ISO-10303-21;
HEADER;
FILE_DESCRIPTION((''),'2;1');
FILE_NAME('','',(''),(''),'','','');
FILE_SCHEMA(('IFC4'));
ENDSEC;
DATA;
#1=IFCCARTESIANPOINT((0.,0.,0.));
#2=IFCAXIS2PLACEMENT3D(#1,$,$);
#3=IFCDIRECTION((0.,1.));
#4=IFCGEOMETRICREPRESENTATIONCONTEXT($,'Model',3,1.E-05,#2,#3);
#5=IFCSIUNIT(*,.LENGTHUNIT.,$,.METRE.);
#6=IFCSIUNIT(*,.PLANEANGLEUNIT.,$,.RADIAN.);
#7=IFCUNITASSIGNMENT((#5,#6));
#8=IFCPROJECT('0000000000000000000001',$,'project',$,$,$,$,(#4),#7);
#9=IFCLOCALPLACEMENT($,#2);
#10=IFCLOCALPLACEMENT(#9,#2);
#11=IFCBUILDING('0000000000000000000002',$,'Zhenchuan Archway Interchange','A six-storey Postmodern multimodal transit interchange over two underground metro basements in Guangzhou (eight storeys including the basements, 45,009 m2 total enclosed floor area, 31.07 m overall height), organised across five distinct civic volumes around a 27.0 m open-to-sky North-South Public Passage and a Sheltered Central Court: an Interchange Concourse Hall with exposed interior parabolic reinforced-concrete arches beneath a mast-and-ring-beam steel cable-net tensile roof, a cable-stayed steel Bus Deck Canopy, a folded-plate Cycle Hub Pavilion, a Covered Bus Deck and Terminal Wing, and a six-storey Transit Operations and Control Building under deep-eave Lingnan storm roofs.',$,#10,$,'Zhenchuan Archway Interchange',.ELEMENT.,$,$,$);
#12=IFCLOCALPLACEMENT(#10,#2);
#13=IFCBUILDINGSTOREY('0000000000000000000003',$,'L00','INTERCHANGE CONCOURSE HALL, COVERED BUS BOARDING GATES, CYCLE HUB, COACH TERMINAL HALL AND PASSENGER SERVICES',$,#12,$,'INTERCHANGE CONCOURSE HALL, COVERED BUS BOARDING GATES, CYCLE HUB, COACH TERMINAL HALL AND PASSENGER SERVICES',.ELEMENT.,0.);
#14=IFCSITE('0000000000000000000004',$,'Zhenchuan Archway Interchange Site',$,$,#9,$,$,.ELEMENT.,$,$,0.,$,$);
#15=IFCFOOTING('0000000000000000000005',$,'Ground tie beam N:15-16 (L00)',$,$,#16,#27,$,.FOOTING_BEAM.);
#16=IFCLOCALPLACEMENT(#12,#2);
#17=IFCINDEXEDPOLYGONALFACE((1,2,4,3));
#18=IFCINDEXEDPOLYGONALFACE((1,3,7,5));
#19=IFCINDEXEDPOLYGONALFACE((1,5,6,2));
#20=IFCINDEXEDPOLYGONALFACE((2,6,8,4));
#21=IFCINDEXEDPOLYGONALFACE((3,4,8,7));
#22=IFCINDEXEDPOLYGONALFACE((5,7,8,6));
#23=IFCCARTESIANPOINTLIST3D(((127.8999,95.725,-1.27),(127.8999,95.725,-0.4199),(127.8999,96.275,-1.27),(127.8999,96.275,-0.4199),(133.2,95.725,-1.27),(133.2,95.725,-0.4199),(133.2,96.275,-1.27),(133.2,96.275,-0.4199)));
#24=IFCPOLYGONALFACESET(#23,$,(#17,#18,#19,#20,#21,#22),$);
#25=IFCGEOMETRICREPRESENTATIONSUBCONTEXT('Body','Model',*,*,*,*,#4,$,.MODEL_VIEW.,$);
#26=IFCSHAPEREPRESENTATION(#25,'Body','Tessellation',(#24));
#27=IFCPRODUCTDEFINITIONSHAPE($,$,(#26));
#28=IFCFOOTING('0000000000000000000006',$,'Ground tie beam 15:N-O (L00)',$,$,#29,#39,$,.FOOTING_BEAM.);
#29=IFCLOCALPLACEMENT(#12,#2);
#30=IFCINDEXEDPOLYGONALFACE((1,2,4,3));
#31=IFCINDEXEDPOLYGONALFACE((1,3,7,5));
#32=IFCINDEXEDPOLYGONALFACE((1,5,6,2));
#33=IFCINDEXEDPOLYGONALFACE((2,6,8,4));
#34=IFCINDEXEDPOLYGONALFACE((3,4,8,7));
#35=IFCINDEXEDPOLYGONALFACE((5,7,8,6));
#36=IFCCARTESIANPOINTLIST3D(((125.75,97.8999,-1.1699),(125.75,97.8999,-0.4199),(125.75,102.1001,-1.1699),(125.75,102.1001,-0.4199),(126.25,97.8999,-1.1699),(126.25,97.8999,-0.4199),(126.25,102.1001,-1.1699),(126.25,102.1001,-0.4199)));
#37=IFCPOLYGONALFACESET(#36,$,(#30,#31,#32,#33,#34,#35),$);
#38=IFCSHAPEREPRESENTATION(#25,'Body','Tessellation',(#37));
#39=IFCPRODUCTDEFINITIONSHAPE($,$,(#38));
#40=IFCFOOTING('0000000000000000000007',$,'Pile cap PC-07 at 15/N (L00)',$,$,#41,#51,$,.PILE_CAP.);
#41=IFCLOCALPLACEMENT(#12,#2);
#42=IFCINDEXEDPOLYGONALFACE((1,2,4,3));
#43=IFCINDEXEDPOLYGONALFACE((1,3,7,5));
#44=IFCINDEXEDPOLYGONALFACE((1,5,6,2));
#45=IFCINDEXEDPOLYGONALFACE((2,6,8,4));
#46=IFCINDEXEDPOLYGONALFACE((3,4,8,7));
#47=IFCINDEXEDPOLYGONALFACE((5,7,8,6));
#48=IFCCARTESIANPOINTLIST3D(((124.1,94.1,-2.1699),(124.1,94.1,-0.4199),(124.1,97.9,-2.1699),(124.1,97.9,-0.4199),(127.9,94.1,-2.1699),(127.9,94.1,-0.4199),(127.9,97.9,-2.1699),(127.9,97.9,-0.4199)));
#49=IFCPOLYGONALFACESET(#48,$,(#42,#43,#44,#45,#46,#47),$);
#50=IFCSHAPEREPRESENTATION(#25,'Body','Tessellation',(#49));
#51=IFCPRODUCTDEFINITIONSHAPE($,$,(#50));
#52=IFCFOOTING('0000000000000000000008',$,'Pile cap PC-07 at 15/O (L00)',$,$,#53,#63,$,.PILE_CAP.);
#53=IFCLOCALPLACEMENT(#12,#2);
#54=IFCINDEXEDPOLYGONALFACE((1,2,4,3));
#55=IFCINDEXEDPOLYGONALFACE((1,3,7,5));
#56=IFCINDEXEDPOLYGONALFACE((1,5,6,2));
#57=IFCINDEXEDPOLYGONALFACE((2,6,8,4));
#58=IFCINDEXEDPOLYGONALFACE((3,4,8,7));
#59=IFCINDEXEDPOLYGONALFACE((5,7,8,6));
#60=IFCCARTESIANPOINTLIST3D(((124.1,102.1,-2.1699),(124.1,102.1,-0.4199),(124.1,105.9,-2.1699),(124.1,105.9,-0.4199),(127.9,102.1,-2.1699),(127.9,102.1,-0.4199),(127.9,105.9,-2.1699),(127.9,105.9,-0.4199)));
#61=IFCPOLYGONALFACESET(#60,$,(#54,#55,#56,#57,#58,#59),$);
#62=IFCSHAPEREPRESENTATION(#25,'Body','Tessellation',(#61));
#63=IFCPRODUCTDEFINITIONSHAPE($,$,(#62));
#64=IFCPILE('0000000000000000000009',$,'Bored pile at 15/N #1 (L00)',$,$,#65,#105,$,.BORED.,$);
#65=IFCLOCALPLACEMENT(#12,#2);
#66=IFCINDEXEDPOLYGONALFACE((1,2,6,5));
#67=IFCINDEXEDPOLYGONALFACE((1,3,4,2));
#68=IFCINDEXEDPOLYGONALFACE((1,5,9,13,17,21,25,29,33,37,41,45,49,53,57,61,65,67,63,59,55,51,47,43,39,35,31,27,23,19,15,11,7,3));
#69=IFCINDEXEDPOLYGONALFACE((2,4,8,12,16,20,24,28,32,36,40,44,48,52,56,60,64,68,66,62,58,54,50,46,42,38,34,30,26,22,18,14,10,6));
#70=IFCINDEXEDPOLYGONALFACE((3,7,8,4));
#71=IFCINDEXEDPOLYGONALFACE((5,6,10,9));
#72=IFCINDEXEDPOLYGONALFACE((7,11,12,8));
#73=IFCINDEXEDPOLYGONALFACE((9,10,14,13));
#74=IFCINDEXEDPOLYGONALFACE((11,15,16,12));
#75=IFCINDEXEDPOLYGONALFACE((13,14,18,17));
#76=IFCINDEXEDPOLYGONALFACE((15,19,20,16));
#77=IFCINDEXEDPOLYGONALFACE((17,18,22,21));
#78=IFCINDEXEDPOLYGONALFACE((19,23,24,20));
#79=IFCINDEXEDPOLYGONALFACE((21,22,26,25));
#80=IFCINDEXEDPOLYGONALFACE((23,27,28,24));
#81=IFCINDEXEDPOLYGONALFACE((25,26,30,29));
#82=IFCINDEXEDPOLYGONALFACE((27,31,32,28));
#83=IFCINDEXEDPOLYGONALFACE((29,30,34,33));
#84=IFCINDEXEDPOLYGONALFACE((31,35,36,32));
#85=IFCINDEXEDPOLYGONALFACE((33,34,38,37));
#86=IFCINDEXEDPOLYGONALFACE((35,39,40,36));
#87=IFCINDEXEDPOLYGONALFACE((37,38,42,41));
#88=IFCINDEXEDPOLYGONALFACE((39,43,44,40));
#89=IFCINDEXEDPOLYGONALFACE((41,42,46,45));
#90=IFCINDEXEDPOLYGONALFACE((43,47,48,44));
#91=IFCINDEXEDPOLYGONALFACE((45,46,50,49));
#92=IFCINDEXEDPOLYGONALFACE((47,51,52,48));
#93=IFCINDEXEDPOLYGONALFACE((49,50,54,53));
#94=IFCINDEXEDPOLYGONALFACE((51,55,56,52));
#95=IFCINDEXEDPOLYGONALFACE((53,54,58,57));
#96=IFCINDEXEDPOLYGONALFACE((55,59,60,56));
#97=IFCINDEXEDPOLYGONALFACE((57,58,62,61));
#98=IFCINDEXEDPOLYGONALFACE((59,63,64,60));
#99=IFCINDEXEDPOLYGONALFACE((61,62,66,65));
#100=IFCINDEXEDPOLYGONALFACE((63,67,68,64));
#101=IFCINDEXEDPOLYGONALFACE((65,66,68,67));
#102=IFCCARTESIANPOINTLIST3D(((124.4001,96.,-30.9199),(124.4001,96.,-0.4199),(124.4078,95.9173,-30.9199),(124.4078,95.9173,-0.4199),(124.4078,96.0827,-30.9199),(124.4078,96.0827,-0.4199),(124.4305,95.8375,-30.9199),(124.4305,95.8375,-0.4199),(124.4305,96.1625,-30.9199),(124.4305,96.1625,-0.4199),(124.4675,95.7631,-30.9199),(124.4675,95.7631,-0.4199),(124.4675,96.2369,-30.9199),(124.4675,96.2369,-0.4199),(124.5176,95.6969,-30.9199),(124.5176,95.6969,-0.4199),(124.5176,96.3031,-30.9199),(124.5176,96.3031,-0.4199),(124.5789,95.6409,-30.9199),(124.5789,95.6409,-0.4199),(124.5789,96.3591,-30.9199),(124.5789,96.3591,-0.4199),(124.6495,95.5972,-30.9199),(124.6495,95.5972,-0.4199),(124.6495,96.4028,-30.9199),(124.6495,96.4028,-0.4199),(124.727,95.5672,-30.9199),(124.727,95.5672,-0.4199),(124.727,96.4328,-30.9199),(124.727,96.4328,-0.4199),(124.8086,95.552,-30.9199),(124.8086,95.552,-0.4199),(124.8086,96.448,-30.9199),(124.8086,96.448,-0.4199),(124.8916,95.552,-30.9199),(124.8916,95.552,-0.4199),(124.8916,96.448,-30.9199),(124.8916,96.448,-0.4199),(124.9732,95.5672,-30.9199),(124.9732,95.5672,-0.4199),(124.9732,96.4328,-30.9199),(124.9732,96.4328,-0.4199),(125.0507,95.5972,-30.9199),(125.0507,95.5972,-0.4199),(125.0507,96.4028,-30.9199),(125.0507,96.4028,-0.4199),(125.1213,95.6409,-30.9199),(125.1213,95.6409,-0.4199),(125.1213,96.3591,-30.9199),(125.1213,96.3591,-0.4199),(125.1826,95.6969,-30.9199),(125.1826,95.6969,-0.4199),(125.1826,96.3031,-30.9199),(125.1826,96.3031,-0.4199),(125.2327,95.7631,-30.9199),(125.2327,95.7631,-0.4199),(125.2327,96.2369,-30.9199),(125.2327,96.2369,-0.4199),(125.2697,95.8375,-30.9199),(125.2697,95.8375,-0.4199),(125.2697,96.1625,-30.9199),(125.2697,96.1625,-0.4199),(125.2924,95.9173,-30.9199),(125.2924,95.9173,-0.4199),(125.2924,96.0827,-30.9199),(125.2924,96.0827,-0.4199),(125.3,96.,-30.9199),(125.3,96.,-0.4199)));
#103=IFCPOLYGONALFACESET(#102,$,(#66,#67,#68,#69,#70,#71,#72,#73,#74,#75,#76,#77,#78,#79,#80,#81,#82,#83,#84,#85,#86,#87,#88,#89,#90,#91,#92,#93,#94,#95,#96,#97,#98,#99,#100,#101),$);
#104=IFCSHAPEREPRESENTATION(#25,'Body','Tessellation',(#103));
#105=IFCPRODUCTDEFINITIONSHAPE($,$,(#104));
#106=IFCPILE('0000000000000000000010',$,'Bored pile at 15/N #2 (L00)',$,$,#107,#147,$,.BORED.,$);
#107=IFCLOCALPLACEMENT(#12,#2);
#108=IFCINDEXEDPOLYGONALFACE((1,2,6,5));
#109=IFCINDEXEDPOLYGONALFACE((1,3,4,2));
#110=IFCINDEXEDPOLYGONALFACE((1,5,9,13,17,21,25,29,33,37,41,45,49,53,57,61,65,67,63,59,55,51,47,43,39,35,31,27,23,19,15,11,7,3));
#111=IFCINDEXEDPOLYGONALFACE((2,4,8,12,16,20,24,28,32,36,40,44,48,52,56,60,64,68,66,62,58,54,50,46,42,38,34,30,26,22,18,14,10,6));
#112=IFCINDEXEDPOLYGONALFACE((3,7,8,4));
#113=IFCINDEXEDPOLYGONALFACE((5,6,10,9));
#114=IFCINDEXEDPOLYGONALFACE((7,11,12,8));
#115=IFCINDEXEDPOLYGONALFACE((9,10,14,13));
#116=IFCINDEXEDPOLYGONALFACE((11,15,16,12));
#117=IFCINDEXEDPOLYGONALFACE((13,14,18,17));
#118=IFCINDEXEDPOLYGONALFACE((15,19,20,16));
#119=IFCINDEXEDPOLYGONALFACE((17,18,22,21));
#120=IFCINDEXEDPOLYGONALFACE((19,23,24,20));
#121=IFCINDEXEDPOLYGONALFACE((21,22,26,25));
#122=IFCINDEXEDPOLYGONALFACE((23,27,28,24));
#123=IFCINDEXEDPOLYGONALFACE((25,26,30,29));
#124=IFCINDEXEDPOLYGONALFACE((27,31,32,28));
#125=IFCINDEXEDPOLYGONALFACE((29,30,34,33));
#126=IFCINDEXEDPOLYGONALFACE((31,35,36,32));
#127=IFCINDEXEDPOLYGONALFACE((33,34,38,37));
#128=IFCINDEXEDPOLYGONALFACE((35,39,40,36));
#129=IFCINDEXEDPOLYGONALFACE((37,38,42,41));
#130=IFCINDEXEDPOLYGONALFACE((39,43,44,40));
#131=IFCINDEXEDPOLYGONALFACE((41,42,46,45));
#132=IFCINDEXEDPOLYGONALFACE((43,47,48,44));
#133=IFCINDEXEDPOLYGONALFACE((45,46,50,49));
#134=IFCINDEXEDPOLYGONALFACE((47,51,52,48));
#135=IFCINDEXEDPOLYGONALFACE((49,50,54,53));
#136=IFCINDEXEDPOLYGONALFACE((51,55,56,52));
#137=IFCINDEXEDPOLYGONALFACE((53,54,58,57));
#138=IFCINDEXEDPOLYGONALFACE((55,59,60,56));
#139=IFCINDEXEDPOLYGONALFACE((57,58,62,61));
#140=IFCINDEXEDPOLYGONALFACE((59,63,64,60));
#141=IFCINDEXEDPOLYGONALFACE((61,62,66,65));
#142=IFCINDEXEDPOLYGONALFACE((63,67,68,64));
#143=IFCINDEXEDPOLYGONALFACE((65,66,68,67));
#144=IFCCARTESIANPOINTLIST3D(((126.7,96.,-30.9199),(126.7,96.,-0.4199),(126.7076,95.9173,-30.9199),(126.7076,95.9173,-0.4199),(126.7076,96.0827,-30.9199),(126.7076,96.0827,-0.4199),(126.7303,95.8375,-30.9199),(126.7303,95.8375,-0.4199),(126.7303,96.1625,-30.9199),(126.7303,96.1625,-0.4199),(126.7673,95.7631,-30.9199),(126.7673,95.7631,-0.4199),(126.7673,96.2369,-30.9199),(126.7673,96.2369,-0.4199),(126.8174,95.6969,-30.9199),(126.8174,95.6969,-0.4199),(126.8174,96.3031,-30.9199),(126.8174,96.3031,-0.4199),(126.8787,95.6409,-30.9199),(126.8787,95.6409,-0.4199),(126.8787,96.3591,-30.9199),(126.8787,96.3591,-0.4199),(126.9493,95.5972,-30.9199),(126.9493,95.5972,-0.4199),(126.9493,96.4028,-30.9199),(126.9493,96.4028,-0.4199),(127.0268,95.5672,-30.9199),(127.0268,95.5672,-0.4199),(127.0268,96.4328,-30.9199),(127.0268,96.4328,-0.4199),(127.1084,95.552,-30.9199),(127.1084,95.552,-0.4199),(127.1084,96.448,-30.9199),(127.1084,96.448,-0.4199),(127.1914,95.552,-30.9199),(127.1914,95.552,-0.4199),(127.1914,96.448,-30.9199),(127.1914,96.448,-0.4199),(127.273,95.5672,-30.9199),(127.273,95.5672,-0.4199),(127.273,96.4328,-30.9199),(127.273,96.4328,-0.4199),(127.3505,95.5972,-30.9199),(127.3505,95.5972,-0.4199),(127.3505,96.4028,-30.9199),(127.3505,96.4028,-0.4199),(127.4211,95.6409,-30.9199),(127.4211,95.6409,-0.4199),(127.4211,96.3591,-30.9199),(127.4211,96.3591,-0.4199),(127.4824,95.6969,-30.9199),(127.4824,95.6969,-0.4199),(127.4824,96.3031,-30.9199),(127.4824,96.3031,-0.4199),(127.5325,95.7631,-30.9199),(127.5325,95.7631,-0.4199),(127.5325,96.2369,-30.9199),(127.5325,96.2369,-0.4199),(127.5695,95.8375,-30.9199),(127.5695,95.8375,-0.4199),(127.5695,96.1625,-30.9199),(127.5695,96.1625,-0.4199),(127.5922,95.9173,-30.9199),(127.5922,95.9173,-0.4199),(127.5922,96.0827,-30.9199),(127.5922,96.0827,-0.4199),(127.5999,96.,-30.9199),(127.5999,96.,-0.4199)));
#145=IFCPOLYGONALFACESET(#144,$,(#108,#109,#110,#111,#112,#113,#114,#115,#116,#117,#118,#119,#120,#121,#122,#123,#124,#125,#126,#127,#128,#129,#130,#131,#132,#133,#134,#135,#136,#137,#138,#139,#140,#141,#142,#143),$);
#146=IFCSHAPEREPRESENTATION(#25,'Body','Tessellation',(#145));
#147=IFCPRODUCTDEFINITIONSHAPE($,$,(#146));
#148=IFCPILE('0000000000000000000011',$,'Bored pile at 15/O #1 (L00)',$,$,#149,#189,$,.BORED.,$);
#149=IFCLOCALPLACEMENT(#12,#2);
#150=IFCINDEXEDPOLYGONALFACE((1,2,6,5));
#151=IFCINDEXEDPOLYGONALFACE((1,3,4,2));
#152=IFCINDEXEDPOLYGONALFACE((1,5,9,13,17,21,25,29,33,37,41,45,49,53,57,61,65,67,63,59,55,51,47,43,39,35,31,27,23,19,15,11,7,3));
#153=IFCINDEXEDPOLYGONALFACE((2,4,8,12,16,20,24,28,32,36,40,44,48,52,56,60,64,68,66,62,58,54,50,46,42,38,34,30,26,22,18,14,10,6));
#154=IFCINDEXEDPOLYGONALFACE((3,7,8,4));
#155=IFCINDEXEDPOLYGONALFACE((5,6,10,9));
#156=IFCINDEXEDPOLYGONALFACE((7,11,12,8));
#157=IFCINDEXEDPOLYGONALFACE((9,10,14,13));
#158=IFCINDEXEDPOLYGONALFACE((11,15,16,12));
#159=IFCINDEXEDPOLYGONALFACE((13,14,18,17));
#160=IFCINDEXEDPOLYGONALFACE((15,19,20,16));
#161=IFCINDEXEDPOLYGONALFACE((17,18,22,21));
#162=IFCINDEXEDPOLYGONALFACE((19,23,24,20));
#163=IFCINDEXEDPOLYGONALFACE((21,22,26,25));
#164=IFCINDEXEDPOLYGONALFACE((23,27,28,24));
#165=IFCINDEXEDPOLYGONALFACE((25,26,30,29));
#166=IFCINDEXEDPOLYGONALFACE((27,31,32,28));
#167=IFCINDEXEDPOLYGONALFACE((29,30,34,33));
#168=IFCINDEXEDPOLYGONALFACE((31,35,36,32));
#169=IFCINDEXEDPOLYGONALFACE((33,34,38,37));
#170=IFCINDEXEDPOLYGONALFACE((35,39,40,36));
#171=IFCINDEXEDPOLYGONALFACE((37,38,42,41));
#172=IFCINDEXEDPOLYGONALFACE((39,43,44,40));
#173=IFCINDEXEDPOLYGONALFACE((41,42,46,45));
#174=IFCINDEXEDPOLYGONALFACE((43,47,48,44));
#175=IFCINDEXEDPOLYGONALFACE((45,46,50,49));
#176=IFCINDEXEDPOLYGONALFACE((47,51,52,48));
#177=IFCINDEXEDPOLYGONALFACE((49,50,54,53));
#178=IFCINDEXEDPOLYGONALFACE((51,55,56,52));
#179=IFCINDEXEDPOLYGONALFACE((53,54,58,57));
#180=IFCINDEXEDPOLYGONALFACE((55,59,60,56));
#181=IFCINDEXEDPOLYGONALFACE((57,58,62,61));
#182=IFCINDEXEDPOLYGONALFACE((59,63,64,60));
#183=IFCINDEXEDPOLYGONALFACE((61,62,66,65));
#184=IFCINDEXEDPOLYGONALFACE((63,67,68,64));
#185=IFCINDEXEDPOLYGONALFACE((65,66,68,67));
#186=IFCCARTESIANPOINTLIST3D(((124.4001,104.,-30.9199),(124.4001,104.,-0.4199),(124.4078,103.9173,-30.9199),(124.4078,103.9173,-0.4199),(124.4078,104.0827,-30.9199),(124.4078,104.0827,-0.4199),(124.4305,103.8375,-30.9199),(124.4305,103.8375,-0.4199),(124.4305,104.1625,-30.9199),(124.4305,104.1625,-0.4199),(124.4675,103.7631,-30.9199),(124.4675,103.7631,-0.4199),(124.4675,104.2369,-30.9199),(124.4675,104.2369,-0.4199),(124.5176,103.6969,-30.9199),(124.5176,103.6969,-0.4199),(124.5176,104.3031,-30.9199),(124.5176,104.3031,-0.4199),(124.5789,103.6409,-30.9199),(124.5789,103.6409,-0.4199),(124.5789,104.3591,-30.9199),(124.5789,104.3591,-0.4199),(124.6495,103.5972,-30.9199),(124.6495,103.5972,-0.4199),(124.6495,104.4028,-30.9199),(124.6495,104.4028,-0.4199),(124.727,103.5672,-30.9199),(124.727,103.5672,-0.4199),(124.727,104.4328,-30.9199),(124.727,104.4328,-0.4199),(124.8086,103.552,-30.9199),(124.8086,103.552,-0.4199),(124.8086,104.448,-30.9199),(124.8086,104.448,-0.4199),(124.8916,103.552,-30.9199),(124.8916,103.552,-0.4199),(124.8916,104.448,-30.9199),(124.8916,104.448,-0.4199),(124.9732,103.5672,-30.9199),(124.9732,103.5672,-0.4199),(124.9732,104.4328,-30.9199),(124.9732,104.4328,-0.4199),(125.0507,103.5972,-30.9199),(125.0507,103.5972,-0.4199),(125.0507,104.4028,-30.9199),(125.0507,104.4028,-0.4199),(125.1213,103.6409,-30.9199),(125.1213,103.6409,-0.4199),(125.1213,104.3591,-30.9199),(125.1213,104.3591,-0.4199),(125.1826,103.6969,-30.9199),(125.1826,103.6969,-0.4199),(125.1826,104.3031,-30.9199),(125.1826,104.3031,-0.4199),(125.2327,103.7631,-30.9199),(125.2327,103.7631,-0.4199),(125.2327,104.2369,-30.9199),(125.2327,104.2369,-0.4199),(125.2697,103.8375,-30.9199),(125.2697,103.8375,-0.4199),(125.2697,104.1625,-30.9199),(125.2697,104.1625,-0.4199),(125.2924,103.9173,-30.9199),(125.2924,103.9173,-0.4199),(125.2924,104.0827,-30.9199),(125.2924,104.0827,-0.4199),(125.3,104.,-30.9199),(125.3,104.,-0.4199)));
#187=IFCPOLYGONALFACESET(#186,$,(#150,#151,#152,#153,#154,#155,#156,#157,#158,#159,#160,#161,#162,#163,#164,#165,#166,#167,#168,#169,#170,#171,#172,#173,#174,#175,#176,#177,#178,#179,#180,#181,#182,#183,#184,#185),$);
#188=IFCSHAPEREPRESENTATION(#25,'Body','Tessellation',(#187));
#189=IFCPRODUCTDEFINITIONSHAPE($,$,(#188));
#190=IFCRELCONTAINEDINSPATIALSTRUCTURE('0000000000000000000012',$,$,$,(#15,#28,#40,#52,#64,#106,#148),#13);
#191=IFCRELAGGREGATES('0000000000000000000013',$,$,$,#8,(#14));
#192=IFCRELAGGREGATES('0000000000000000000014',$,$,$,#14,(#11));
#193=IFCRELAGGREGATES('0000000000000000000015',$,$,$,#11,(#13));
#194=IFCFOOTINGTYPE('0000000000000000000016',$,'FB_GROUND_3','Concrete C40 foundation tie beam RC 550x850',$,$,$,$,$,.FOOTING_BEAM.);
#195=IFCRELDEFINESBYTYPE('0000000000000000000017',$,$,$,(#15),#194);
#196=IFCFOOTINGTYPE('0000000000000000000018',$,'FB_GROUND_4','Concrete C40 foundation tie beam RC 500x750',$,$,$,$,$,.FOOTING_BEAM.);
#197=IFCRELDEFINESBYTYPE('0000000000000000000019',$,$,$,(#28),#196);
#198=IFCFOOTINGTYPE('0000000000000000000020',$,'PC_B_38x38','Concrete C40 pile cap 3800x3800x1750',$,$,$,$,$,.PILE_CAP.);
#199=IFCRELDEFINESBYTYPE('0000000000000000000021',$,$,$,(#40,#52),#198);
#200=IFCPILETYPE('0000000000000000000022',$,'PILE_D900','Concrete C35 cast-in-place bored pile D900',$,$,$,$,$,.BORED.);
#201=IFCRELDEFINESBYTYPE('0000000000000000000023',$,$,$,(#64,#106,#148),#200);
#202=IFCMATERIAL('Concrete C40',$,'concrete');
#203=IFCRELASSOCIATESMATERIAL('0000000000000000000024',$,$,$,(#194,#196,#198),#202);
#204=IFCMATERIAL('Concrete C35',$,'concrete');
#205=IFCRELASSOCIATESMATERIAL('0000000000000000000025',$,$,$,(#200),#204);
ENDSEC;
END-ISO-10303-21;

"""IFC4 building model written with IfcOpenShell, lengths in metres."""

from ifc_helpers import new_model, si_unit, direction, frame, origin, origin_2d, place, context, subcontext, project, spatial, rectangle, circle, extrude, material, material_profile, profile_set, type_object, element, save


model = new_model("IFC4")

# Units and contexts
model_context = context("Model", 3, precision=1e-05, world=origin(), true_north=direction((0.0, 1.0)))
body_context = subcontext(model_context, "Body", "Model", "MODEL_VIEW")
ifc_project = project(units=[si_unit("LENGTHUNIT", "METRE"), si_unit("PLANEANGLEUNIT", "RADIAN")], contexts=[model_context])

# Site, building, storey
site_placement = place(None, origin())
site = spatial("IfcSite", under=ifc_project, at=site_placement, Name="Zhenchuan Archway Interchange Site", CompositionType="ELEMENT", RefElevation=0.0)
building_placement = place(site_placement, origin())
building = spatial("IfcBuilding", under=site, at=building_placement, Name="Zhenchuan Archway Interchange", Description="A six-storey Postmodern multimodal transit interchange over two underground metro basements in Guangzhou (eight storeys including the basements, 45,009 m2 total enclosed floor area, 31.07 m overall height), organised across five distinct civic volumes around a 27.0 m open-to-sky North-South Public Passage and a Sheltered Central Court: an Interchange Concourse Hall with exposed interior parabolic reinforced-concrete arches beneath a mast-and-ring-beam steel cable-net tensile roof, a cable-stayed steel Bus Deck Canopy, a folded-plate Cycle Hub Pavilion, a Covered Bus Deck and Terminal Wing, and a six-storey Transit Operations and Control Building under deep-eave Lingnan storm roofs.", LongName="Zhenchuan Archway Interchange", CompositionType="ELEMENT")
storey_placement = place(building_placement, origin())
storey = spatial("IfcBuildingStorey", under=building, at=storey_placement, Name="L00", Description="INTERCHANGE CONCOURSE HALL, COVERED BUS BOARDING GATES, CYCLE HUB, COACH TERMINAL HALL AND PASSENGER SERVICES", LongName="INTERCHANGE CONCOURSE HALL, COVERED BUS BOARDING GATES, CYCLE HUB, COACH TERMINAL HALL AND PASSENGER SERVICES", CompositionType="ELEMENT", Elevation=0.0)

# Footings
ifc_material_1 = material(Name="Concrete C40", Category="concrete")
ifc_material_profile_1 = material_profile(ifc_material_1, rectangle(XDim=0.55, YDim=0.8501, at=origin_2d()), Name="RC 550x850")
ifc_profile_set_1 = profile_set([ifc_material_profile_1], Name="Concrete C40")
footing_type_1 = type_object("IfcFootingType", Name="FB_GROUND_3", Description="Concrete C40 foundation tie beam RC 550x850", PredefinedType="FOOTING_BEAM", material=ifc_profile_set_1)
footing_1_placement = place(storey_placement, frame((127.8999, 96.0, -0.845), z_axis=(1.0, 0.0, 0.0), x_axis=(0.0, 1.0, 0.0)))
element("IfcFooting", 1, at=footing_1_placement, inside=storey, type_object=footing_type_1, Name="Ground tie beam N:15-16 (L00)", PredefinedType="FOOTING_BEAM", context=body_context, shape_type="SweptSolid", body=[
    extrude(rectangle(XDim=0.55, YDim=0.8501, at=origin_2d()), origin(), (0.0, 0.0, 1.0), 5.3),
])
ifc_material_profile_2 = material_profile(ifc_material_1, rectangle(XDim=0.5, YDim=0.75, at=origin_2d()), Name="RC 500x750")
ifc_profile_set_2 = profile_set([ifc_material_profile_2], Name="Concrete C40")
footing_type_2 = type_object("IfcFootingType", Name="FB_GROUND_4", Description="Concrete C40 foundation tie beam RC 500x750", PredefinedType="FOOTING_BEAM", material=ifc_profile_set_2)
footing_2_placement = place(storey_placement, frame((126.0, 97.8999, -0.7949), z_axis=(0.0, 1.0, 0.0), x_axis=(-1.0, 0.0, 0.0)))
element("IfcFooting", 2, at=footing_2_placement, inside=storey, type_object=footing_type_2, Name="Ground tie beam 15:N-O (L00)", PredefinedType="FOOTING_BEAM", context=body_context, shape_type="SweptSolid", body=[
    extrude(rectangle(XDim=0.5, YDim=0.75, at=origin_2d()), origin(), (0.0, 0.0, 1.0), 4.2002),
])
footing_type_3 = type_object("IfcFootingType", Name="PC_B_38x38", Description="Concrete C40 pile cap 3800x3800x1750", PredefinedType="PILE_CAP", material=ifc_material_1)
for number, where, z_axis, x_axis, name in (
    (3, (126.0, 96.0, -2.1699), (0.0, 0.0, 1.0), (1.0, 0.0, 0.0), "Pile cap PC-07 at 15/N (L00)"),
    (4, (126.0, 104.0, -2.1699), (0.0, 0.0, 1.0), (1.0, 0.0, 0.0), "Pile cap PC-07 at 15/O (L00)"),
):
    element("IfcFooting", number, at=place(storey_placement, frame(where, z_axis=z_axis, x_axis=x_axis)), inside=storey, type_object=footing_type_3, Name=name, PredefinedType="PILE_CAP", context=body_context, shape_type="SweptSolid", body=[
        extrude(rectangle(XDim=3.8, YDim=3.8, at=origin_2d()), origin(), (0.0, 0.0, 1.0), 1.75),
    ])

# Piles
ifc_material_2 = material(Name="Concrete C35", Category="concrete")
ifc_material_profile_3 = material_profile(ifc_material_2, circle(Radius=0.45, at=origin_2d()), Name="BORED PILE 900")
ifc_profile_set_3 = profile_set([ifc_material_profile_3], Name="Concrete C35")
pile_type = type_object("IfcPileType", Name="PILE_D900", Description="Concrete C35 cast-in-place bored pile D900", PredefinedType="BORED", material=ifc_profile_set_3)
for number, where, z_axis, x_axis, name in (
    (5, (124.8501, 96.0, -0.4199), (0.0, 0.0, -1.0), (1.0, 0.0, 0.0), "Bored pile at 15/N #1 (L00)"),
    (6, (127.1499, 96.0, -0.4199), (0.0, 0.0, -1.0), (1.0, 0.0, 0.0), "Bored pile at 15/N #2 (L00)"),
    (7, (124.8501, 104.0, -0.4199), (0.0, 0.0, -1.0), (1.0, 0.0, 0.0), "Bored pile at 15/O #1 (L00)"),
):
    element("IfcPile", number, at=place(storey_placement, frame(where, z_axis=z_axis, x_axis=x_axis)), inside=storey, type_object=pile_type, Name=name, PredefinedType="BORED", context=body_context, shape_type="SweptSolid", body=[
        extrude(circle(Radius=0.45, at=origin_2d()), origin(), (0.0, 0.0, 1.0), 30.5),
    ])

save(model, "model.ifc")
